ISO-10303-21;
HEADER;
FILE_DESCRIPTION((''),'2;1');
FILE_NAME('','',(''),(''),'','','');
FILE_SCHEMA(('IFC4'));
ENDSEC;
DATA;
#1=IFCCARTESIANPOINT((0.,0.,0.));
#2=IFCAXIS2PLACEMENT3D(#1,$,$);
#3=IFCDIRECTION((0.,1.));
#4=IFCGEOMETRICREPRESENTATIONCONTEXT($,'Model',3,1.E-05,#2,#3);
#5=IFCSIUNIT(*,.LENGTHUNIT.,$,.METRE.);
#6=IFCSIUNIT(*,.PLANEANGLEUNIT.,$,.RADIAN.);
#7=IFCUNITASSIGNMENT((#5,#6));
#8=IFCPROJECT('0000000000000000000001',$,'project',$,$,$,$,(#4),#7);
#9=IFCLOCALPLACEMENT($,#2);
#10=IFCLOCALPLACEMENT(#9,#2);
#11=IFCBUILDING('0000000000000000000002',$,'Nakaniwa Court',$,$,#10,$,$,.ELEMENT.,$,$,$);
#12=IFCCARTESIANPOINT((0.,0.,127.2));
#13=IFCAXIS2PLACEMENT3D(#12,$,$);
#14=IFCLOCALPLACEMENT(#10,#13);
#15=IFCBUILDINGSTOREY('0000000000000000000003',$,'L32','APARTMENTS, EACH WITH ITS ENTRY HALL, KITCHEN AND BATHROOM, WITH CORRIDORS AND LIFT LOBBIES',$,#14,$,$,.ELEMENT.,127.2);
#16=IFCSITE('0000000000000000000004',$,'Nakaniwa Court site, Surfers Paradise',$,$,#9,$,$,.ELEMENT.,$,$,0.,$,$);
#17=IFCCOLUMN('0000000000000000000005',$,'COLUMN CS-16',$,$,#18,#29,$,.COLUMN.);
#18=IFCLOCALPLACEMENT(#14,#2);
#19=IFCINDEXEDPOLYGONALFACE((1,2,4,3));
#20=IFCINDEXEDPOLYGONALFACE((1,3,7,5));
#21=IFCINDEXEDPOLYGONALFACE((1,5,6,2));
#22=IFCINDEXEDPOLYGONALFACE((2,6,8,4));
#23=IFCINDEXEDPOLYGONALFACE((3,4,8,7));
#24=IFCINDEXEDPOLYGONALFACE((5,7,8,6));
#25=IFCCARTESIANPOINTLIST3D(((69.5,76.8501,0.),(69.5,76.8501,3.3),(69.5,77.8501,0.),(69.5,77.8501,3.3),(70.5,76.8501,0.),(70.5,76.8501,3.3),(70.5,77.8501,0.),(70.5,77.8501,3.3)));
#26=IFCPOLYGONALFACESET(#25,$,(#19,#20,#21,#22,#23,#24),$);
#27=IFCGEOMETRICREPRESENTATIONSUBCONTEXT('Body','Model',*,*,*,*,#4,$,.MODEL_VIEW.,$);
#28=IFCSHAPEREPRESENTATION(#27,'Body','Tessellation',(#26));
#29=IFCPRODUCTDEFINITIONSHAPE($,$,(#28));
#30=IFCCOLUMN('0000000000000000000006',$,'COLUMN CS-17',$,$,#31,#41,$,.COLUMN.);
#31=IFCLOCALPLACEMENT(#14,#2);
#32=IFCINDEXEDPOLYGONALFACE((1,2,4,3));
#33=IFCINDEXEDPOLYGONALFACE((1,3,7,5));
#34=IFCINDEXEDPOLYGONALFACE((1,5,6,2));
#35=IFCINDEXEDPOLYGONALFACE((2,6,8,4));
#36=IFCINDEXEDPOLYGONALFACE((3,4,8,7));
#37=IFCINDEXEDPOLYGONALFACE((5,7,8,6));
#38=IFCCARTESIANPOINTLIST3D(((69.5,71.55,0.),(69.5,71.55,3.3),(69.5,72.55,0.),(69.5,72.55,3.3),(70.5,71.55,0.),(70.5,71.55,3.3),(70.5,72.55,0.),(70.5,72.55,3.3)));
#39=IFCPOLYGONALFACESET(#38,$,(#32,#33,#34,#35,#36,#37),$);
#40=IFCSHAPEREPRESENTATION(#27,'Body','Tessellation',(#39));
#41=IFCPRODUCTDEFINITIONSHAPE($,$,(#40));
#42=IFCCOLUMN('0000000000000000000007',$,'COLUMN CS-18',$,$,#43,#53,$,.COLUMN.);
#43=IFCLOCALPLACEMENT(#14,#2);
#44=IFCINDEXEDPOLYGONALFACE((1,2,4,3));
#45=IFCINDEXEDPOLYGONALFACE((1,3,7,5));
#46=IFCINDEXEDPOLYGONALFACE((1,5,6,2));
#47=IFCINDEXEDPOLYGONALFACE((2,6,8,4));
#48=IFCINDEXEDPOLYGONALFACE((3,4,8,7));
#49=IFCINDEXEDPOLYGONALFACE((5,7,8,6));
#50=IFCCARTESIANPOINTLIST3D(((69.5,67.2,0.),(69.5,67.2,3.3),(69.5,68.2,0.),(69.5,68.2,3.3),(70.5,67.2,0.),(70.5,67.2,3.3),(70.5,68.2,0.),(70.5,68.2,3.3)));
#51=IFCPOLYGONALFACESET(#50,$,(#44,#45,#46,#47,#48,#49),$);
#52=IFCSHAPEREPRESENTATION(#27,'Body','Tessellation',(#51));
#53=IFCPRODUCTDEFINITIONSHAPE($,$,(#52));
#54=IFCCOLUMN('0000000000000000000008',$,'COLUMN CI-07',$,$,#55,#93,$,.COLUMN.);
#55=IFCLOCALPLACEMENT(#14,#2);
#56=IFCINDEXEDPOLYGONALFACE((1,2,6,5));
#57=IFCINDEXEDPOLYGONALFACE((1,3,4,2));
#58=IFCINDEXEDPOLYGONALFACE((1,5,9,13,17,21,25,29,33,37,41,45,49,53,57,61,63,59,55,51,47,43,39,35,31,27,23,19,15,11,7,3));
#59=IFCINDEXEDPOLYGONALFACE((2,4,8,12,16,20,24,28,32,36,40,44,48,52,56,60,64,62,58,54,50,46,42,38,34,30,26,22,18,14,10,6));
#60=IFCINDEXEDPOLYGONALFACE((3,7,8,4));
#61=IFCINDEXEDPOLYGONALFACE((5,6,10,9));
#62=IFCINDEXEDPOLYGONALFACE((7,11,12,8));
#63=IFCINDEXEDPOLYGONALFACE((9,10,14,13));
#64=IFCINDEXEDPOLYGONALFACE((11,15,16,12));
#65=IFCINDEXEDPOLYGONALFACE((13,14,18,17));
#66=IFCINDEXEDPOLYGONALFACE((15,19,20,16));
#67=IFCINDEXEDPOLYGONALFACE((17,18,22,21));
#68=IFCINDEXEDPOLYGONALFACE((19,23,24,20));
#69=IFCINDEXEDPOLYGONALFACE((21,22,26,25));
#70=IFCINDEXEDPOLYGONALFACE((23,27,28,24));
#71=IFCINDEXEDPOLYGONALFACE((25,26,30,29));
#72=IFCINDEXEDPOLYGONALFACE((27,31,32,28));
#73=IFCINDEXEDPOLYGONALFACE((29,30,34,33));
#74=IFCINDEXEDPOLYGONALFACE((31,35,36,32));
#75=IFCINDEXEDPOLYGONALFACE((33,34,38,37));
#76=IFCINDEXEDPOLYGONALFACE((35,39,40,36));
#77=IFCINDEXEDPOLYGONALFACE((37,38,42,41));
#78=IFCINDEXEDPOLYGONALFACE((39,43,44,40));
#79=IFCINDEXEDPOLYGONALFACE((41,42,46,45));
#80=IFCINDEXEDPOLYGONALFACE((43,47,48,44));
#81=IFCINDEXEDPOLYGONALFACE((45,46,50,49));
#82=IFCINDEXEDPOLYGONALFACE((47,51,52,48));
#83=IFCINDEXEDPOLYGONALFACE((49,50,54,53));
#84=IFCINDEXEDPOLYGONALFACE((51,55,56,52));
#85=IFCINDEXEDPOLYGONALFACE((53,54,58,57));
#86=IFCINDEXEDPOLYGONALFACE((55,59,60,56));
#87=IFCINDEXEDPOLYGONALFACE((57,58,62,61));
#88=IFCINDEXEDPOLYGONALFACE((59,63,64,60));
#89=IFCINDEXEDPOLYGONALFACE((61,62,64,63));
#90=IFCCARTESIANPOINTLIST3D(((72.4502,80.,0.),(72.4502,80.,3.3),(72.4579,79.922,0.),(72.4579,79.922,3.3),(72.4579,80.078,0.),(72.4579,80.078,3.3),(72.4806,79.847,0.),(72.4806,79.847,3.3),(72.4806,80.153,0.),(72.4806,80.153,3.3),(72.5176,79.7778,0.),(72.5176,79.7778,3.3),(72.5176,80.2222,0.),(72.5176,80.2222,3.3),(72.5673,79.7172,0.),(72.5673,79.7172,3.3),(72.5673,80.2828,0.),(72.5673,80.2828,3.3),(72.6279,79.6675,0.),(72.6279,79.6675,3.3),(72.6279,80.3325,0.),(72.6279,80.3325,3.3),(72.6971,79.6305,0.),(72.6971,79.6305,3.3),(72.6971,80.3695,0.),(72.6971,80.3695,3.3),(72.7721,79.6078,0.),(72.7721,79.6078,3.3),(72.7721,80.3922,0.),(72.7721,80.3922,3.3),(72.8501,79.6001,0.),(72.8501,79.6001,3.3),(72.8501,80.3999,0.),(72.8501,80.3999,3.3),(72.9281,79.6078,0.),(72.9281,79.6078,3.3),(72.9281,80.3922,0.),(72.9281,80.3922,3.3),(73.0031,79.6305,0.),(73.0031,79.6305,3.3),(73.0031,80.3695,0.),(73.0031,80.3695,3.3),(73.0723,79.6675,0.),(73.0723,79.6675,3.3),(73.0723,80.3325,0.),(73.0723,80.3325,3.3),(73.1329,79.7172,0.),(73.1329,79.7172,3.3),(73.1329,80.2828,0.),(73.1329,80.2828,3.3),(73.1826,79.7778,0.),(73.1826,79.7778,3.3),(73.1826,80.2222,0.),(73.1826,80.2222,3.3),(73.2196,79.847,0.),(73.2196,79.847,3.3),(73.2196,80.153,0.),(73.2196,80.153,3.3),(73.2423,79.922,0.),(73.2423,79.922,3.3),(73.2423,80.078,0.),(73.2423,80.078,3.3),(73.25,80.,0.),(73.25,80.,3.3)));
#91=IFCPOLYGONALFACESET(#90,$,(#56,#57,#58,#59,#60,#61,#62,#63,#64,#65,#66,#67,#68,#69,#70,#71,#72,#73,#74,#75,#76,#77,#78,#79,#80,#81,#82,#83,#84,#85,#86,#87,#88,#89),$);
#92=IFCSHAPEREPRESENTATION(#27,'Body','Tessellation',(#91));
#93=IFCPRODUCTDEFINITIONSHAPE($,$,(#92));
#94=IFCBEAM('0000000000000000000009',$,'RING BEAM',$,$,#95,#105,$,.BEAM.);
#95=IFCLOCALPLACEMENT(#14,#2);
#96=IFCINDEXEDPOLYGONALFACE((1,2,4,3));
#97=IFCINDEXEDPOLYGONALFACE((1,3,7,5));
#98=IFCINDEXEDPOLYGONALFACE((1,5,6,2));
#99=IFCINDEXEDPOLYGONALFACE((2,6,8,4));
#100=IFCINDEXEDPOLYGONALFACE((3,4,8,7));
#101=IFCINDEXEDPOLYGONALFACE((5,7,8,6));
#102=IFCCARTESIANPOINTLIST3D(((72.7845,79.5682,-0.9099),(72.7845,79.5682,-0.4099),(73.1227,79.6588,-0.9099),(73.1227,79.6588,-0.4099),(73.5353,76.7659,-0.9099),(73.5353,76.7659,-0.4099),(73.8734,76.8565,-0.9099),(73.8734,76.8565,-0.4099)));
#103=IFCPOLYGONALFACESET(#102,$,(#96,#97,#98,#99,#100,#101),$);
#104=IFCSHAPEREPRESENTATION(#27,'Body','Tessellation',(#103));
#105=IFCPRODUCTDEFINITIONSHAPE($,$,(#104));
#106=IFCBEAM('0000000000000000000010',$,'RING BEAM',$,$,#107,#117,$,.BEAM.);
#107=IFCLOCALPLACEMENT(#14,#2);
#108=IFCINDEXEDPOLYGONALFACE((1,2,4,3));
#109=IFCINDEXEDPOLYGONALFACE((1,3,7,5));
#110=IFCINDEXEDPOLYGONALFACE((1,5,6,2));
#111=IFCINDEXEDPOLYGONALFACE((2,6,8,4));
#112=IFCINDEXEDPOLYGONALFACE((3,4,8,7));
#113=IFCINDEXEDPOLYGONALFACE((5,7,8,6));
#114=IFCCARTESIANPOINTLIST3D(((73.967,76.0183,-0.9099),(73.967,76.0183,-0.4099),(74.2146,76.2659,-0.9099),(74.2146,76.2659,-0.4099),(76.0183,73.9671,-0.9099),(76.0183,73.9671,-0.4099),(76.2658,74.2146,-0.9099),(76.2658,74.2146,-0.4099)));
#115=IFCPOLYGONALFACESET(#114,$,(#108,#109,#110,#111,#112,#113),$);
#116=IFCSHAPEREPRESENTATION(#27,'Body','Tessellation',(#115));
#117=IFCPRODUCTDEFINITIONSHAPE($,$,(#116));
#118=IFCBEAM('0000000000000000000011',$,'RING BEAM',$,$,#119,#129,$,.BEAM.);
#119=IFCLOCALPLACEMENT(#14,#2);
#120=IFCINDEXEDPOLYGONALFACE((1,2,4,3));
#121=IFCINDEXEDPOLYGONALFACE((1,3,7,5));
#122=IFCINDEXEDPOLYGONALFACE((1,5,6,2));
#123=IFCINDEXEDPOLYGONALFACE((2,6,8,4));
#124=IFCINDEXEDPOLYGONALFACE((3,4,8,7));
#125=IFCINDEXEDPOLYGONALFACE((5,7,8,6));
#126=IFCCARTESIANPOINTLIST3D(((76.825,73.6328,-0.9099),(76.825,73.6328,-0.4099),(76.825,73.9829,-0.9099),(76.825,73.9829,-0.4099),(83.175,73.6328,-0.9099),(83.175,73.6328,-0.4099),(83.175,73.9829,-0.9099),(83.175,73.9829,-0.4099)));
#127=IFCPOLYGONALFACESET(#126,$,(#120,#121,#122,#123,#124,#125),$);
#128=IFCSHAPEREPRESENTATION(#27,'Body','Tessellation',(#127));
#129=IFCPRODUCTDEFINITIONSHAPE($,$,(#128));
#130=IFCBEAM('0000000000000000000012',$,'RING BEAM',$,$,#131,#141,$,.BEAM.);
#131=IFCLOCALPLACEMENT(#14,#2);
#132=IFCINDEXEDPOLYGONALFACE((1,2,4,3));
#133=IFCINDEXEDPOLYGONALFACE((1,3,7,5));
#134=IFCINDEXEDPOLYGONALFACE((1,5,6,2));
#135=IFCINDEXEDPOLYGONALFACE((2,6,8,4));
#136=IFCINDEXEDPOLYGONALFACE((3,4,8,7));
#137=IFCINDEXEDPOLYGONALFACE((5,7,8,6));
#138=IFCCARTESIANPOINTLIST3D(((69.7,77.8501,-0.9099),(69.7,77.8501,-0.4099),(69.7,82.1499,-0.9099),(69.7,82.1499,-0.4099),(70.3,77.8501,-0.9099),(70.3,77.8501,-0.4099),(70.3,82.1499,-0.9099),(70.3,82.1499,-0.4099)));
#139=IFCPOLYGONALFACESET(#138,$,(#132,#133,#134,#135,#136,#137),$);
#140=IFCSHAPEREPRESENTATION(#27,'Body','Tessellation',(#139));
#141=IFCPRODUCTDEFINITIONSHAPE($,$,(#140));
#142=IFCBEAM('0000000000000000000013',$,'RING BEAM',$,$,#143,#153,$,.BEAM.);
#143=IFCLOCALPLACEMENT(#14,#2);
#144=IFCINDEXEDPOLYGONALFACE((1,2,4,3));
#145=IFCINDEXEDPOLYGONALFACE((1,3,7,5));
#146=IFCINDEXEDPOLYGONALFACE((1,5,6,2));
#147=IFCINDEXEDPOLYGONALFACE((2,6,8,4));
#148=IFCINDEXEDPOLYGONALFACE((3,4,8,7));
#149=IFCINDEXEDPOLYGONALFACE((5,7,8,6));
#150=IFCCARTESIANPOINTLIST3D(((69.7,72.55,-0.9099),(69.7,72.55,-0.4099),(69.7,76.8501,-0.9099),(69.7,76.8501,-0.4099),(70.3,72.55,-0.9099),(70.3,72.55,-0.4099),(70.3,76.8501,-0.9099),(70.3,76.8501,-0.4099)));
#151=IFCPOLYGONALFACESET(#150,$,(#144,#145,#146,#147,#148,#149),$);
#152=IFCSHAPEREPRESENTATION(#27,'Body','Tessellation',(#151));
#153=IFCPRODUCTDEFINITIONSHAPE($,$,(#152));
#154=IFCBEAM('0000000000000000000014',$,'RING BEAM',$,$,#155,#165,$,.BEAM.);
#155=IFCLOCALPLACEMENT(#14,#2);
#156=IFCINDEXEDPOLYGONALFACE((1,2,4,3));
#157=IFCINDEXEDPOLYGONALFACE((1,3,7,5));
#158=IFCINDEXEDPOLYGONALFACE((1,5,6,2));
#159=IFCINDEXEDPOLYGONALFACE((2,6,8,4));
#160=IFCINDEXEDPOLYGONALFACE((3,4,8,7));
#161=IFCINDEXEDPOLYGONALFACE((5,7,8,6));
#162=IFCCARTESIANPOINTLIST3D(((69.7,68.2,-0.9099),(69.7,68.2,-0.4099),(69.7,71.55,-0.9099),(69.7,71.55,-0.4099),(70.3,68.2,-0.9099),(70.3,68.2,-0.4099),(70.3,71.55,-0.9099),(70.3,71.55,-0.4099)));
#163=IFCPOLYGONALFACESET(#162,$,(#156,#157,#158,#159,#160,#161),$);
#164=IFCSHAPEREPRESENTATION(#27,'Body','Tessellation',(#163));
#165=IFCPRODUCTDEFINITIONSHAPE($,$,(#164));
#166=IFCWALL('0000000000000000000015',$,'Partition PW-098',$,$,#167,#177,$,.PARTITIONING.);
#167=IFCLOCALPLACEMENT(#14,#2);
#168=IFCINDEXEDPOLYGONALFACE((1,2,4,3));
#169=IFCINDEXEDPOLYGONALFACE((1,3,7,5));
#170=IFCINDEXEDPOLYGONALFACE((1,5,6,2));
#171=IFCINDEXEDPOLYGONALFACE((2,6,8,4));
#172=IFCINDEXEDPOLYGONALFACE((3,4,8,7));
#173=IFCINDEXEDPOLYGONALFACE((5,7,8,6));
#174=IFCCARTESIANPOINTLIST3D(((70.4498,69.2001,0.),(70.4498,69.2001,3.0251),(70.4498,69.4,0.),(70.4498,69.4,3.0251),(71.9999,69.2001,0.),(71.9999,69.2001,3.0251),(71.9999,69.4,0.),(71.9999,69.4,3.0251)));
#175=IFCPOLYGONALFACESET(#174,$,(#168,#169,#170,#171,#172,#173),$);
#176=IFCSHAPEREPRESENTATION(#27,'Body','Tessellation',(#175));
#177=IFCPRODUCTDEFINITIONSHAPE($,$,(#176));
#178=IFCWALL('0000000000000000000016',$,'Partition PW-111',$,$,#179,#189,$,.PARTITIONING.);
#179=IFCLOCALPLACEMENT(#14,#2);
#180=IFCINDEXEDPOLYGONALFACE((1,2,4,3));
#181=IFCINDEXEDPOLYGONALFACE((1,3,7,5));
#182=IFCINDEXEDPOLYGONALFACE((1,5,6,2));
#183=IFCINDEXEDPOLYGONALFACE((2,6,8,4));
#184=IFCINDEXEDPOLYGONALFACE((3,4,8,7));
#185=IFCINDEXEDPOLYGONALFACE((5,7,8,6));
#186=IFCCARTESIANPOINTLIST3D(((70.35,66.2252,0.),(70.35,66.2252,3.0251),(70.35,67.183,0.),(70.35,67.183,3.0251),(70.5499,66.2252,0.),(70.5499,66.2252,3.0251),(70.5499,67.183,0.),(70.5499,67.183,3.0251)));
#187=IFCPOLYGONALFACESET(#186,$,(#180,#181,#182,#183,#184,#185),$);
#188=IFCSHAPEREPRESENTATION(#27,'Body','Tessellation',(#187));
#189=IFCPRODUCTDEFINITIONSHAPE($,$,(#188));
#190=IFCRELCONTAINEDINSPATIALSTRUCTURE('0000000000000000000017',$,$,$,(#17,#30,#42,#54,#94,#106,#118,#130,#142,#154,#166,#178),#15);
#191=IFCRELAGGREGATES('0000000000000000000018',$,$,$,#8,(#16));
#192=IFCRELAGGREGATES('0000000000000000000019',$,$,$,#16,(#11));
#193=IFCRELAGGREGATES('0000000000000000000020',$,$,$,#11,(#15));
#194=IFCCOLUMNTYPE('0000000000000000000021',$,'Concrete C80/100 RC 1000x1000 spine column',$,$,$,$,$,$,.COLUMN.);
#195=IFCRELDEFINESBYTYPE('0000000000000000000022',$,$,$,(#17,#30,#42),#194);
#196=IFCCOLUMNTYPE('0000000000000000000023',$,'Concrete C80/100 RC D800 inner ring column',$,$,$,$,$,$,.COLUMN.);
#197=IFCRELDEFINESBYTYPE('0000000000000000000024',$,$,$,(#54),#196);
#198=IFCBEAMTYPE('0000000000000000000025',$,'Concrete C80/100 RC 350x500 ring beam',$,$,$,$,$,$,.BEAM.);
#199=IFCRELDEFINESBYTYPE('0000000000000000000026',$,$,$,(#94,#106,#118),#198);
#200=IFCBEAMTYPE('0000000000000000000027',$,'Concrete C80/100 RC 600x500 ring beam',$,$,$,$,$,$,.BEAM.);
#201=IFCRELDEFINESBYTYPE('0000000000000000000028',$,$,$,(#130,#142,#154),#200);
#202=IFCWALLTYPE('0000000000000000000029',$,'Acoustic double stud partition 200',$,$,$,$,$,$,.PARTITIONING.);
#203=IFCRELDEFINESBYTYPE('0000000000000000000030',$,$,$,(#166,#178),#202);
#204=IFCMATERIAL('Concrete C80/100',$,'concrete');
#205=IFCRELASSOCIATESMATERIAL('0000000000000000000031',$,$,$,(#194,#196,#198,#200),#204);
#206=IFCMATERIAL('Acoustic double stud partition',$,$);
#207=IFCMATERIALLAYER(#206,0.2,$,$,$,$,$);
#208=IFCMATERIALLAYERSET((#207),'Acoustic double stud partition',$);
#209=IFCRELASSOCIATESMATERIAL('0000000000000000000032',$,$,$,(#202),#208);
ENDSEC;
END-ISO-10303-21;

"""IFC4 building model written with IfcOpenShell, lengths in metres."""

from ifc_helpers import new_model, si_unit, direction, frame, frame_2d, origin, origin_2d, place, context, subcontext, project, spatial, rectangle, circle, extrude, material, layer, layer_set, material_profile, profile_set, type_object, element, save


model = new_model("IFC4")

# Units and contexts
model_context = context("Model", 3, precision=1e-05, world=origin(), true_north=direction((0.0, 1.0)))
body_context = subcontext(model_context, "Body", "Model", "MODEL_VIEW")
ifc_project = project(units=[si_unit("LENGTHUNIT", "METRE"), si_unit("PLANEANGLEUNIT", "RADIAN")], contexts=[model_context])

# Site, building, storey
site_placement = place(None, origin())
site = spatial("IfcSite", under=ifc_project, at=site_placement, Name="Nakaniwa Court site, Surfers Paradise", CompositionType="ELEMENT", RefElevation=0.0)
building_placement = place(site_placement, origin())
building = spatial("IfcBuilding", under=site, at=building_placement, Name="Nakaniwa Court", CompositionType="ELEMENT")
storey_placement = place(building_placement, frame((0.0, 0.0, 127.2)))
storey = spatial("IfcBuildingStorey", under=building, at=storey_placement, Name="L32", Description="APARTMENTS, EACH WITH ITS ENTRY HALL, KITCHEN AND BATHROOM, WITH CORRIDORS AND LIFT LOBBIES", CompositionType="ELEMENT", Elevation=127.2)

# Columns
ifc_material_1 = material(Name="Concrete C80/100", Category="concrete")
ifc_material_profile_1 = material_profile(ifc_material_1, rectangle(XDim=1.0, YDim=1.0, at=origin_2d()), Name="Concrete C80/100 RC 1000x1000 spine column")
ifc_profile_set_1 = profile_set([ifc_material_profile_1], Name="Concrete C80/100")
column_type_1 = type_object("IfcColumnType", Name="Concrete C80/100 RC 1000x1000 spine column", PredefinedType="COLUMN", material=ifc_profile_set_1)
for number, where, z_axis, x_axis, name in (
    (1, (70.0, 77.3501, 0.0), (0.0, 0.0, 1.0), (0.0, -1.0, 0.0), "COLUMN CS-16"),
    (2, (70.0, 72.05, 0.0), (0.0, 0.0, 1.0), (0.0, -1.0, 0.0), "COLUMN CS-17"),
    (3, (70.0, 67.7, 0.0), (0.0, 0.0, 1.0), (0.0, -1.0, 0.0), "COLUMN CS-18"),
):
    element("IfcColumn", number, at=place(storey_placement, frame(where, z_axis=z_axis, x_axis=x_axis)), inside=storey, type_object=column_type_1, Name=name, PredefinedType="COLUMN", context=body_context, shape_type="SweptSolid", body=[
        extrude(rectangle(XDim=1.0, YDim=1.0, at=origin_2d()), origin(), (0.0, 0.0, 1.0), 3.3),
    ])
ifc_material_profile_2 = material_profile(ifc_material_1, circle(Radius=0.3999, at=origin_2d()), Name="Concrete C80/100 RC D800 inner ring column")
ifc_profile_set_2 = profile_set([ifc_material_profile_2], Name="Concrete C80/100")
column_type_2 = type_object("IfcColumnType", Name="Concrete C80/100 RC D800 inner ring column", PredefinedType="COLUMN", material=ifc_profile_set_2)
for number, where, z_axis, x_axis, name in (
    (4, (72.8501, 80.0, 0.0), (0.0, 0.0, 1.0), (0.0, -1.0, 0.0), "COLUMN CI-07"),
):
    element("IfcColumn", number, at=place(storey_placement, frame(where, z_axis=z_axis, x_axis=x_axis)), inside=storey, type_object=column_type_2, Name=name, PredefinedType="COLUMN", context=body_context, shape_type="SweptSolid", body=[
        extrude(circle(Radius=0.3999, at=origin_2d()), origin(), (0.0, 0.0, 1.0), 3.3),
    ])

# Beams
ifc_material_profile_3 = material_profile(ifc_material_1, rectangle(XDim=0.3501, YDim=0.5, at=origin_2d()), Name="Concrete C80/100 RC 350x500 ring beam")
ifc_profile_set_3 = profile_set([ifc_material_profile_3], Name="Concrete C80/100")
beam_type_1 = type_object("IfcBeamType", Name="Concrete C80/100 RC 350x500 ring beam", PredefinedType="BEAM", material=ifc_profile_set_3)
beam_1_placement = place(storey_placement, frame((72.9536, 79.6135, -0.6599), z_axis=(0.258778, -0.965937, 0.0), x_axis=(0.965937, 0.258778, 0.0)))
element("IfcBeam", 5, at=beam_1_placement, inside=storey, type_object=beam_type_1, Name="RING BEAM", PredefinedType="BEAM", context=body_context, shape_type="SweptSolid", body=[
    extrude(rectangle(XDim=0.3501, YDim=0.5, at=origin_2d()), origin(), (0.0, 0.0, 1.0), 2.9011),
])
beam_2_placement = place(storey_placement, frame((74.0908, 76.1421, -0.6599), z_axis=(0.707107, -0.707107, 0.0), x_axis=(0.707107, 0.707107, 0.0)))
element("IfcBeam", 6, at=beam_2_placement, inside=storey, type_object=beam_type_1, Name="RING BEAM", PredefinedType="BEAM", context=body_context, shape_type="SweptSolid", body=[
    extrude(rectangle(XDim=0.3501, YDim=0.5, at=origin_2d()), origin(), (0.0, 0.0, 1.0), 2.9009),
])
beam_3_placement = place(storey_placement, frame((76.825, 73.8079, -0.6599), z_axis=(1.0, 0.0, 0.0), x_axis=(0.0, 1.0, 0.0)))
element("IfcBeam", 7, at=beam_3_placement, inside=storey, type_object=beam_type_1, Name="RING BEAM", PredefinedType="BEAM", context=body_context, shape_type="SweptSolid", body=[
    extrude(rectangle(XDim=0.3501, YDim=0.5, at=origin_2d()), origin(), (0.0, 0.0, 1.0), 6.3501),
])
ifc_material_profile_4 = material_profile(ifc_material_1, rectangle(XDim=0.6001, YDim=0.5, at=origin_2d()), Name="Concrete C80/100 RC 600x500 ring beam")
ifc_profile_set_4 = profile_set([ifc_material_profile_4], Name="Concrete C80/100")
beam_type_2 = type_object("IfcBeamType", Name="Concrete C80/100 RC 600x500 ring beam", PredefinedType="BEAM", material=ifc_profile_set_4)
beam_4_placement = place(storey_placement, frame((70.0, 82.1499, -0.6599), z_axis=(0.0, -1.0, 0.0), x_axis=(1.0, 0.0, 0.0)))
element("IfcBeam", 8, at=beam_4_placement, inside=storey, type_object=beam_type_2, Name="RING BEAM", PredefinedType="BEAM", context=body_context, shape_type="SweptSolid", body=[
    extrude(rectangle(XDim=0.6001, YDim=0.5, at=origin_2d()), origin(), (0.0, 0.0, 1.0), 4.2998),
])
beam_5_placement = place(storey_placement, frame((70.0, 76.8501, -0.6599), z_axis=(0.0, -1.0, 0.0), x_axis=(1.0, 0.0, 0.0)))
element("IfcBeam", 9, at=beam_5_placement, inside=storey, type_object=beam_type_2, Name="RING BEAM", PredefinedType="BEAM", context=body_context, shape_type="SweptSolid", body=[
    extrude(rectangle(XDim=0.6001, YDim=0.5, at=origin_2d()), origin(), (0.0, 0.0, 1.0), 4.3),
])
beam_6_placement = place(storey_placement, frame((70.0, 71.55, -0.6599), z_axis=(0.0, -1.0, 0.0), x_axis=(1.0, 0.0, 0.0)))
element("IfcBeam", 10, at=beam_6_placement, inside=storey, type_object=beam_type_2, Name="RING BEAM", PredefinedType="BEAM", context=body_context, shape_type="SweptSolid", body=[
    extrude(rectangle(XDim=0.6001, YDim=0.5, at=origin_2d()), origin(), (0.0, 0.0, 1.0), 3.3501),
])

# Walls
ifc_material_2 = material(Name="Acoustic double stud partition")
ifc_layer_1 = layer(ifc_material_2, 0.2)
ifc_layer_set_1 = layer_set([ifc_layer_1], Name="Acoustic double stud partition")
wall_type_1 = type_object("IfcWallType", Name="Acoustic double stud partition 200", PredefinedType="PARTITIONING", material=ifc_layer_set_1)
wall_1_placement = place(storey_placement, frame((70.45, 69.3, 0.0), z_axis=(0.0, 0.0, 1.0), x_axis=(1.0, 0.0, 0.0)))
element("IfcWall", 11, at=wall_1_placement, inside=storey, type_object=wall_type_1, Name="Partition PW-098", PredefinedType="PARTITIONING", context=body_context, shape_type="SweptSolid", body=[
    extrude(rectangle(XDim=1.55, YDim=0.2, at=frame_2d((0.7749, 0.0))), origin(), (0.0, 0.0, 1.0), 3.0251),
])
wall_2_placement = place(storey_placement, frame((70.45, 66.2251, 0.0), z_axis=(0.0, 0.0, 1.0), x_axis=(0.0, 1.0, 0.0)))
element("IfcWall", 12, at=wall_2_placement, inside=storey, type_object=wall_type_1, Name="Partition PW-111", PredefinedType="PARTITIONING", context=body_context, shape_type="SweptSolid", body=[
    extrude(rectangle(XDim=0.9578, YDim=0.2, at=frame_2d((0.479, 0.0))), origin(), (0.0, 0.0, 1.0), 3.0251),
])

save(model, "model.ifc")
